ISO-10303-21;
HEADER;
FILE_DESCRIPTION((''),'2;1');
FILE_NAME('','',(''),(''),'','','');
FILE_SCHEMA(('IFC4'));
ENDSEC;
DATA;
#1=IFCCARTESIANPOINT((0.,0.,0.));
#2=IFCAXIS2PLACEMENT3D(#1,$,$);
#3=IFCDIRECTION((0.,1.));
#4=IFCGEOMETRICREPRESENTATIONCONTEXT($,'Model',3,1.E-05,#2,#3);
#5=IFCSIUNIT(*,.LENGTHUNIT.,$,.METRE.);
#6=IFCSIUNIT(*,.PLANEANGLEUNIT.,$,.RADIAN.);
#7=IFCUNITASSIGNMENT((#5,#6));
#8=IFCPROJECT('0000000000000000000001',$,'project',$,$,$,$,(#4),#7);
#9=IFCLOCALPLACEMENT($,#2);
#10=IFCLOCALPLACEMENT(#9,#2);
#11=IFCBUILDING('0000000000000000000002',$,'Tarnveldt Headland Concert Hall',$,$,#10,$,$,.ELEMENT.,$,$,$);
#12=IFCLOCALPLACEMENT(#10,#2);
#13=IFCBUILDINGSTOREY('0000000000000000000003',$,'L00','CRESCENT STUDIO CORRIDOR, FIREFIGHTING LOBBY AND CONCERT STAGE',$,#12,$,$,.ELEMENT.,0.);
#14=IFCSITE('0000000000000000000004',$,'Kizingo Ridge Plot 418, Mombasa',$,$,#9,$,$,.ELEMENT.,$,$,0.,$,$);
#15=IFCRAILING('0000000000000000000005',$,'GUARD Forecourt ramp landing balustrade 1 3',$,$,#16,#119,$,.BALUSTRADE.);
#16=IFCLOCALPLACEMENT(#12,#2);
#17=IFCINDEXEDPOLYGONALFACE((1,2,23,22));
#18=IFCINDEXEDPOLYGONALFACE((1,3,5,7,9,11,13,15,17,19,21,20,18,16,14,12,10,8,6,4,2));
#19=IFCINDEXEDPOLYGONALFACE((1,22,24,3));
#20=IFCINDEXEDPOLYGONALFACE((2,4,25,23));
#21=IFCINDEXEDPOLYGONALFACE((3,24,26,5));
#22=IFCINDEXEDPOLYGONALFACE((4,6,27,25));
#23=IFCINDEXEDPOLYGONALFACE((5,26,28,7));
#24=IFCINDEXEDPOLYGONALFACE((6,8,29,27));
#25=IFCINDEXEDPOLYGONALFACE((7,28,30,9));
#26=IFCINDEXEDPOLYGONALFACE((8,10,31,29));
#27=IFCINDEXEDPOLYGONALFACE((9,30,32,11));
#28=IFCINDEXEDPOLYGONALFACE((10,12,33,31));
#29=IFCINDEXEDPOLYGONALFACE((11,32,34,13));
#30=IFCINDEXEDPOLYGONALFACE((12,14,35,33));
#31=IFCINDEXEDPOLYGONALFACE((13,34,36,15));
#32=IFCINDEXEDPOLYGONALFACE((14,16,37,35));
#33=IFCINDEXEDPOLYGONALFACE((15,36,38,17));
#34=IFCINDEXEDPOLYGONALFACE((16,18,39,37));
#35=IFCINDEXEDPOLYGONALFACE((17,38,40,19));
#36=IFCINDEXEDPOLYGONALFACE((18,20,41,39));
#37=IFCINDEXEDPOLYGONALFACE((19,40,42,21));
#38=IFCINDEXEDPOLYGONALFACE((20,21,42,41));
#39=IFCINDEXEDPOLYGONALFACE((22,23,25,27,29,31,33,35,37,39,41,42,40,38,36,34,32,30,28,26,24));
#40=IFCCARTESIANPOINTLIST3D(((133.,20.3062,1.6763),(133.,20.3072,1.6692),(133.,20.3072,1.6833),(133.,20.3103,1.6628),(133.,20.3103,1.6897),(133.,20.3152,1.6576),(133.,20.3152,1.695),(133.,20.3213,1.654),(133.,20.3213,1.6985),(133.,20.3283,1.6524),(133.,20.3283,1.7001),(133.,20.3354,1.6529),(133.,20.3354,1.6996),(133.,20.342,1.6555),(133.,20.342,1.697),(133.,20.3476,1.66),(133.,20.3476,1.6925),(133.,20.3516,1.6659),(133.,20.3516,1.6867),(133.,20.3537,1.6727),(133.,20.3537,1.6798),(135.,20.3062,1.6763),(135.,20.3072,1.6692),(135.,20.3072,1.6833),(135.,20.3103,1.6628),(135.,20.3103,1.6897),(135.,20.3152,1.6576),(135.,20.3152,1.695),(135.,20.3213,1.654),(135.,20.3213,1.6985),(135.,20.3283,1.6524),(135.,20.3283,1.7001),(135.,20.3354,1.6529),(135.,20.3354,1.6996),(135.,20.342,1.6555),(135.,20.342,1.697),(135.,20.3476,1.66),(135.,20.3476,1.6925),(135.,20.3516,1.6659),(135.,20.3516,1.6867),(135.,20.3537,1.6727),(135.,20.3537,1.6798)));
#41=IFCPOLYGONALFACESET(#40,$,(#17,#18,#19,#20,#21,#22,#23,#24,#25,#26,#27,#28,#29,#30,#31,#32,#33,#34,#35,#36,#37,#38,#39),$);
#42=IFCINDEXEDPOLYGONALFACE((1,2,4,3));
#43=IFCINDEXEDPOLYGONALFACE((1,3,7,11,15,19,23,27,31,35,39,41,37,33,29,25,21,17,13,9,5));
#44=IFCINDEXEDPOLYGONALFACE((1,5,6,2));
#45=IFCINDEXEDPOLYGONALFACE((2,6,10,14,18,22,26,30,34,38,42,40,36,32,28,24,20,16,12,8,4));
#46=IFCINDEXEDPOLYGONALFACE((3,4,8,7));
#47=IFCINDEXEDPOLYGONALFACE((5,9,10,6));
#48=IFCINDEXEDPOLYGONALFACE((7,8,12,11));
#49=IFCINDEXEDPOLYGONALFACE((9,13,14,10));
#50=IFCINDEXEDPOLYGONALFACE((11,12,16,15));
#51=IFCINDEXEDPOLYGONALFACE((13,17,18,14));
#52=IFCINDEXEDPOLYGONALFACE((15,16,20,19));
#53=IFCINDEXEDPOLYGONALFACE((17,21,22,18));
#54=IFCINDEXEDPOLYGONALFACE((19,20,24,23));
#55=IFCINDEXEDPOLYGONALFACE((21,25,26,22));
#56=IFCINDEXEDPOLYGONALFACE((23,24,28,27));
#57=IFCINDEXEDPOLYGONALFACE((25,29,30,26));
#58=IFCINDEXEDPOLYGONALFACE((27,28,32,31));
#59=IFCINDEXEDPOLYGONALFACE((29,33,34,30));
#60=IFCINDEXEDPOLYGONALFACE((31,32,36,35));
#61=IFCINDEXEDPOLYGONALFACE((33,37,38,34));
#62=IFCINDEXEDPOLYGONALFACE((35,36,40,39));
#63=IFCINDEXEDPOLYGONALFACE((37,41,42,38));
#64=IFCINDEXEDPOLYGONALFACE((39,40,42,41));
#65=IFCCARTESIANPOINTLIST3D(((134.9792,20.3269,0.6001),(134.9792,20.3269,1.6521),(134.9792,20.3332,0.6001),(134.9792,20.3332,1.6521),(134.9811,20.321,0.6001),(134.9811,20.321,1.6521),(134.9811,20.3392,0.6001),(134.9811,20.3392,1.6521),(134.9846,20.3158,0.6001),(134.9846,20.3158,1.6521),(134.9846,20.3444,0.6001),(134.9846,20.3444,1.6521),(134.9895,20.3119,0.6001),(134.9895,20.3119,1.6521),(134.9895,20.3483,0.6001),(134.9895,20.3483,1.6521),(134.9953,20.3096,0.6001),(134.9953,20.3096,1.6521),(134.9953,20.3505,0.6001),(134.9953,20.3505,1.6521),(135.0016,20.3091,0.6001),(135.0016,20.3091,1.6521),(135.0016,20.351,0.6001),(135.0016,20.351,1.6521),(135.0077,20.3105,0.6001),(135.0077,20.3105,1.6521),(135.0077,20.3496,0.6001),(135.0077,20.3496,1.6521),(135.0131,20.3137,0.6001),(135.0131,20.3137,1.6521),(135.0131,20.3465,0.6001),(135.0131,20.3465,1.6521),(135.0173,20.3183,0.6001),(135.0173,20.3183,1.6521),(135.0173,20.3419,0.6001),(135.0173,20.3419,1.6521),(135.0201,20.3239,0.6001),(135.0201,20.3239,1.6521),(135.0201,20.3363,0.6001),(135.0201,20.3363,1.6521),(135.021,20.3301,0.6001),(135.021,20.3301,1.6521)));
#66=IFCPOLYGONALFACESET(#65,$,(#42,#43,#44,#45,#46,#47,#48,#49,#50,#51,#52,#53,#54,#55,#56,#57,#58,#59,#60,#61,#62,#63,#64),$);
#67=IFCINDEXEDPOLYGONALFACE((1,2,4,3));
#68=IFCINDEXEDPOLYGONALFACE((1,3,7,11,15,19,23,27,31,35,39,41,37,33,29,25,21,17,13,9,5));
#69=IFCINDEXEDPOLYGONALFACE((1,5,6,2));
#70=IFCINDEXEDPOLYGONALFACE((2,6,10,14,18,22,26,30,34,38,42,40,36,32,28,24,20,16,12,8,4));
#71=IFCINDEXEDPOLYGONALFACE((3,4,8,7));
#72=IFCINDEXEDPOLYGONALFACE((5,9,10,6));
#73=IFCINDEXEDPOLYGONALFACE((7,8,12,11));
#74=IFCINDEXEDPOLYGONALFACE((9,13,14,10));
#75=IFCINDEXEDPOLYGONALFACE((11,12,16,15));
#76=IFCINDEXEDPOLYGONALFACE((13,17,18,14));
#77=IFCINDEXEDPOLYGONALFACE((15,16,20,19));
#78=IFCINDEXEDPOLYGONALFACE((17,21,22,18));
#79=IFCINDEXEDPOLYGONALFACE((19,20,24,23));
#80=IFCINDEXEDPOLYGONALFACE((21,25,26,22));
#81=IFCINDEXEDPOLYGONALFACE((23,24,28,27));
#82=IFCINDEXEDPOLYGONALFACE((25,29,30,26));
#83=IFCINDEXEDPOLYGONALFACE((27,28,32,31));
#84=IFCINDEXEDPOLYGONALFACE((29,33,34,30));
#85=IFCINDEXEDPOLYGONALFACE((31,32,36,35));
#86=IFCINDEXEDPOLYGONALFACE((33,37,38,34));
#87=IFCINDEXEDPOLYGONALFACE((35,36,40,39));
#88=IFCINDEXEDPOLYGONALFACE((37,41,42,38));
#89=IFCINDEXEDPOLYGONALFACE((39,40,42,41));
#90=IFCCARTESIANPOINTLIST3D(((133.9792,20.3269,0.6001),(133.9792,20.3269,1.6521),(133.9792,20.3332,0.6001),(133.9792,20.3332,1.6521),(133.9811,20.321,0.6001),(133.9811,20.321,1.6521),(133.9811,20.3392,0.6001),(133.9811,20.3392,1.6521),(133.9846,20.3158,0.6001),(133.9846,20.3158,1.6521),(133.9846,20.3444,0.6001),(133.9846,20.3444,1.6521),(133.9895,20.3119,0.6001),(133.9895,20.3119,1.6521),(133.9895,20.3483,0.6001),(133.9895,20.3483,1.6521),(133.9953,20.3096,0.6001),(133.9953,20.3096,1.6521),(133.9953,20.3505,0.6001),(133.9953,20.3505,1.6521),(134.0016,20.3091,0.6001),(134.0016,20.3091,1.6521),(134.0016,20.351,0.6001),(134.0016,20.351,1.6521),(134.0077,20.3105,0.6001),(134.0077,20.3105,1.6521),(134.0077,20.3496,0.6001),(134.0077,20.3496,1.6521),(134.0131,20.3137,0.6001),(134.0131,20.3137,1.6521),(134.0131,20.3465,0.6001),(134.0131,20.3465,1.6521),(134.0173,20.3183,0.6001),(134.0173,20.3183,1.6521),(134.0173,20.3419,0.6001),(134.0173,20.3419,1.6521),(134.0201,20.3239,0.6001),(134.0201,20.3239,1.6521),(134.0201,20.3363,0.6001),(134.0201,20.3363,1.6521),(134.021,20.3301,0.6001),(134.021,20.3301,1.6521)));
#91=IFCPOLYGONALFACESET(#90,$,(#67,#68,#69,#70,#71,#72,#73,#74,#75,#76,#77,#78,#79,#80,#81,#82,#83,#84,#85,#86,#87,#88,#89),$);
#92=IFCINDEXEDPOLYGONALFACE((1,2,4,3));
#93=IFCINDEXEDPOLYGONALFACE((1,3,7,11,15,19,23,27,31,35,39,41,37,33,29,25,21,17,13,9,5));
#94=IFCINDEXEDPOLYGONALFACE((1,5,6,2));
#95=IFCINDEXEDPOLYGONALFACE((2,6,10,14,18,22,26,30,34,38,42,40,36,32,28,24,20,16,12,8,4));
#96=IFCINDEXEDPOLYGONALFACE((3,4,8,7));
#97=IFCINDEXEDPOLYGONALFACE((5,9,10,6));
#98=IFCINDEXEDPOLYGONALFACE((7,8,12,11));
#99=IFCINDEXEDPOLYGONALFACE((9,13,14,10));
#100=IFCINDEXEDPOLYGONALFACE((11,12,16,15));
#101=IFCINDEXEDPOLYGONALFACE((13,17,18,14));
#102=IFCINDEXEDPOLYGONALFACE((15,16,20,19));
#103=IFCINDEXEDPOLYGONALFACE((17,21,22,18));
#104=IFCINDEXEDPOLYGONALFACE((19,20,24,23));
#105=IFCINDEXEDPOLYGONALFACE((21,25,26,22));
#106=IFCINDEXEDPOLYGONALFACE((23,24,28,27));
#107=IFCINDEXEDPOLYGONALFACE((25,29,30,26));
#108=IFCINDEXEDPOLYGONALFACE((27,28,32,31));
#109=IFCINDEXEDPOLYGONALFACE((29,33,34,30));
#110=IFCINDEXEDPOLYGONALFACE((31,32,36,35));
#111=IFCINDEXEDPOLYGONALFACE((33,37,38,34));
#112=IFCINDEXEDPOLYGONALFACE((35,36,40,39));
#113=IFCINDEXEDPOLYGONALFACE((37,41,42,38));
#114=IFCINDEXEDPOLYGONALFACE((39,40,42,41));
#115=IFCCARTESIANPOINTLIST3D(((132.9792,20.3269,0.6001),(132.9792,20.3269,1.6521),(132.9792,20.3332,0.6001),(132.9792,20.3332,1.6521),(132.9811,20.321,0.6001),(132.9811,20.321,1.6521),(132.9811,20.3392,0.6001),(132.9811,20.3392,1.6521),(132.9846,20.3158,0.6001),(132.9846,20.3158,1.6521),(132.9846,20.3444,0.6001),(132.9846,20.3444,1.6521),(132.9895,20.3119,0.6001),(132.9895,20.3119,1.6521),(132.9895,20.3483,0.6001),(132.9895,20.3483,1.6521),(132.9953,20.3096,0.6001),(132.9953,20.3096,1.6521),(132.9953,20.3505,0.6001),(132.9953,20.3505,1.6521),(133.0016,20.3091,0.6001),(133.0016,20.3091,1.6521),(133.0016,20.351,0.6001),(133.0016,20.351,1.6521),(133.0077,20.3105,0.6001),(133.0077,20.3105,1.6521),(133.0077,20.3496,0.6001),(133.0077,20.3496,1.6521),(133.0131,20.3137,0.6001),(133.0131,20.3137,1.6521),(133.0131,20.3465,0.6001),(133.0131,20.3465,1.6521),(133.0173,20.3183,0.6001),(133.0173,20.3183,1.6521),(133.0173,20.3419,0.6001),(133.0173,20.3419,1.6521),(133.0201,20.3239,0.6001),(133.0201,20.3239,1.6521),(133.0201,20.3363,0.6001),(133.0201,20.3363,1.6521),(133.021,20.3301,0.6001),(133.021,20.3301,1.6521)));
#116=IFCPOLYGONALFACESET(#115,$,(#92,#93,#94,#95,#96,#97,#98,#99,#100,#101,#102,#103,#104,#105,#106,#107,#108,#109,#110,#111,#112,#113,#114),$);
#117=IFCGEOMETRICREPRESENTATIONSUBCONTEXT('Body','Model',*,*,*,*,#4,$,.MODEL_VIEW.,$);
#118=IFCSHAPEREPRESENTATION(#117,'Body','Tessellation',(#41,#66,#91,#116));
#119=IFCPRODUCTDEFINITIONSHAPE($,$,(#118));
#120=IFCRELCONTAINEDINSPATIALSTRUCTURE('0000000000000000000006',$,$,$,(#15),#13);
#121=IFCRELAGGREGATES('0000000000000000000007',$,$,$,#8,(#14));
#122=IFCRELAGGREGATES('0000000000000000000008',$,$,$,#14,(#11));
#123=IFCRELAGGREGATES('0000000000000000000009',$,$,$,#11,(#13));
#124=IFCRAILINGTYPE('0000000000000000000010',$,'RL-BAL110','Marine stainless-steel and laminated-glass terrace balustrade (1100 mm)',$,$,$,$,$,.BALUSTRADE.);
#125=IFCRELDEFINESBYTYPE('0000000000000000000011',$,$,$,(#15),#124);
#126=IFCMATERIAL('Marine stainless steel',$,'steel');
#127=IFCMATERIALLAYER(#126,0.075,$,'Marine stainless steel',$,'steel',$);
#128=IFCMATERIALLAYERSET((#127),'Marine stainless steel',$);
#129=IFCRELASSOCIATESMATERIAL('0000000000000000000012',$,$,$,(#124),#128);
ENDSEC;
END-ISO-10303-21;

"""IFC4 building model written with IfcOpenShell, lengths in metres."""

from ifc_helpers import new_model, si_unit, direction, frame, origin, origin_2d, place, context, subcontext, project, spatial, circle, extrude, material, layer, layer_set, type_object, element, save


model = new_model("IFC4")

# Units and contexts
model_context = context("Model", 3, precision=1e-05, world=origin(), true_north=direction((0.0, 1.0)))
body_context = subcontext(model_context, "Body", "Model", "MODEL_VIEW")
ifc_project = project(units=[si_unit("LENGTHUNIT", "METRE"), si_unit("PLANEANGLEUNIT", "RADIAN")], contexts=[model_context])

# Site, building, storey
site_placement = place(None, origin())
site = spatial("IfcSite", under=ifc_project, at=site_placement, Name="Kizingo Ridge Plot 418, Mombasa", CompositionType="ELEMENT", RefElevation=0.0)
building_placement = place(site_placement, origin())
building = spatial("IfcBuilding", under=site, at=building_placement, Name="Tarnveldt Headland Concert Hall", CompositionType="ELEMENT")
storey_placement = place(building_placement, origin())
storey = spatial("IfcBuildingStorey", under=building, at=storey_placement, Name="L00", Description="CRESCENT STUDIO CORRIDOR, FIREFIGHTING LOBBY AND CONCERT STAGE", CompositionType="ELEMENT", Elevation=0.0)

# Railing
ifc_material_1 = material(Name="Marine stainless steel", Category="steel")
ifc_layer_1 = layer(ifc_material_1, 0.075, Name="Marine stainless steel", Category="steel")
ifc_layer_set_1 = layer_set([ifc_layer_1], Name="Marine stainless steel")
railing_type = type_object("IfcRailingType", Name="RL-BAL110", Description="Marine stainless-steel and laminated-glass terrace balustrade (1100 mm)", PredefinedType="BALUSTRADE", material=ifc_layer_set_1)
railing_1_placement = place(storey_placement, frame((135.0, 20.3301, 0.6001)))
element("IfcRailing", 1, at=railing_1_placement, inside=storey, type_object=railing_type, Name="GUARD Forecourt ramp landing balustrade 1 3", PredefinedType="BALUSTRADE", context=body_context, shape_type="SweptSolid", body=[
    extrude(circle(Radius=0.0239, at=origin_2d()), frame((0.0, 0.0, 1.0762), z_axis=(-1.0, 0.0, 0.0), x_axis=(0.0, -1.0, 0.0)), (0.0, 0.0, 1.0), 2.0),
    extrude(circle(Radius=0.021, at=origin_2d()), origin(), (0.0, 0.0, 1.0), 1.052),
    extrude(circle(Radius=0.021, at=origin_2d()), frame((-1.0, 0.0, 0.0)), (0.0, 0.0, 1.0), 1.052),
    extrude(circle(Radius=0.021, at=origin_2d()), frame((-2.0, 0.0, 0.0)), (0.0, 0.0, 1.0), 1.052),
])

save(model, "model.ifc")
